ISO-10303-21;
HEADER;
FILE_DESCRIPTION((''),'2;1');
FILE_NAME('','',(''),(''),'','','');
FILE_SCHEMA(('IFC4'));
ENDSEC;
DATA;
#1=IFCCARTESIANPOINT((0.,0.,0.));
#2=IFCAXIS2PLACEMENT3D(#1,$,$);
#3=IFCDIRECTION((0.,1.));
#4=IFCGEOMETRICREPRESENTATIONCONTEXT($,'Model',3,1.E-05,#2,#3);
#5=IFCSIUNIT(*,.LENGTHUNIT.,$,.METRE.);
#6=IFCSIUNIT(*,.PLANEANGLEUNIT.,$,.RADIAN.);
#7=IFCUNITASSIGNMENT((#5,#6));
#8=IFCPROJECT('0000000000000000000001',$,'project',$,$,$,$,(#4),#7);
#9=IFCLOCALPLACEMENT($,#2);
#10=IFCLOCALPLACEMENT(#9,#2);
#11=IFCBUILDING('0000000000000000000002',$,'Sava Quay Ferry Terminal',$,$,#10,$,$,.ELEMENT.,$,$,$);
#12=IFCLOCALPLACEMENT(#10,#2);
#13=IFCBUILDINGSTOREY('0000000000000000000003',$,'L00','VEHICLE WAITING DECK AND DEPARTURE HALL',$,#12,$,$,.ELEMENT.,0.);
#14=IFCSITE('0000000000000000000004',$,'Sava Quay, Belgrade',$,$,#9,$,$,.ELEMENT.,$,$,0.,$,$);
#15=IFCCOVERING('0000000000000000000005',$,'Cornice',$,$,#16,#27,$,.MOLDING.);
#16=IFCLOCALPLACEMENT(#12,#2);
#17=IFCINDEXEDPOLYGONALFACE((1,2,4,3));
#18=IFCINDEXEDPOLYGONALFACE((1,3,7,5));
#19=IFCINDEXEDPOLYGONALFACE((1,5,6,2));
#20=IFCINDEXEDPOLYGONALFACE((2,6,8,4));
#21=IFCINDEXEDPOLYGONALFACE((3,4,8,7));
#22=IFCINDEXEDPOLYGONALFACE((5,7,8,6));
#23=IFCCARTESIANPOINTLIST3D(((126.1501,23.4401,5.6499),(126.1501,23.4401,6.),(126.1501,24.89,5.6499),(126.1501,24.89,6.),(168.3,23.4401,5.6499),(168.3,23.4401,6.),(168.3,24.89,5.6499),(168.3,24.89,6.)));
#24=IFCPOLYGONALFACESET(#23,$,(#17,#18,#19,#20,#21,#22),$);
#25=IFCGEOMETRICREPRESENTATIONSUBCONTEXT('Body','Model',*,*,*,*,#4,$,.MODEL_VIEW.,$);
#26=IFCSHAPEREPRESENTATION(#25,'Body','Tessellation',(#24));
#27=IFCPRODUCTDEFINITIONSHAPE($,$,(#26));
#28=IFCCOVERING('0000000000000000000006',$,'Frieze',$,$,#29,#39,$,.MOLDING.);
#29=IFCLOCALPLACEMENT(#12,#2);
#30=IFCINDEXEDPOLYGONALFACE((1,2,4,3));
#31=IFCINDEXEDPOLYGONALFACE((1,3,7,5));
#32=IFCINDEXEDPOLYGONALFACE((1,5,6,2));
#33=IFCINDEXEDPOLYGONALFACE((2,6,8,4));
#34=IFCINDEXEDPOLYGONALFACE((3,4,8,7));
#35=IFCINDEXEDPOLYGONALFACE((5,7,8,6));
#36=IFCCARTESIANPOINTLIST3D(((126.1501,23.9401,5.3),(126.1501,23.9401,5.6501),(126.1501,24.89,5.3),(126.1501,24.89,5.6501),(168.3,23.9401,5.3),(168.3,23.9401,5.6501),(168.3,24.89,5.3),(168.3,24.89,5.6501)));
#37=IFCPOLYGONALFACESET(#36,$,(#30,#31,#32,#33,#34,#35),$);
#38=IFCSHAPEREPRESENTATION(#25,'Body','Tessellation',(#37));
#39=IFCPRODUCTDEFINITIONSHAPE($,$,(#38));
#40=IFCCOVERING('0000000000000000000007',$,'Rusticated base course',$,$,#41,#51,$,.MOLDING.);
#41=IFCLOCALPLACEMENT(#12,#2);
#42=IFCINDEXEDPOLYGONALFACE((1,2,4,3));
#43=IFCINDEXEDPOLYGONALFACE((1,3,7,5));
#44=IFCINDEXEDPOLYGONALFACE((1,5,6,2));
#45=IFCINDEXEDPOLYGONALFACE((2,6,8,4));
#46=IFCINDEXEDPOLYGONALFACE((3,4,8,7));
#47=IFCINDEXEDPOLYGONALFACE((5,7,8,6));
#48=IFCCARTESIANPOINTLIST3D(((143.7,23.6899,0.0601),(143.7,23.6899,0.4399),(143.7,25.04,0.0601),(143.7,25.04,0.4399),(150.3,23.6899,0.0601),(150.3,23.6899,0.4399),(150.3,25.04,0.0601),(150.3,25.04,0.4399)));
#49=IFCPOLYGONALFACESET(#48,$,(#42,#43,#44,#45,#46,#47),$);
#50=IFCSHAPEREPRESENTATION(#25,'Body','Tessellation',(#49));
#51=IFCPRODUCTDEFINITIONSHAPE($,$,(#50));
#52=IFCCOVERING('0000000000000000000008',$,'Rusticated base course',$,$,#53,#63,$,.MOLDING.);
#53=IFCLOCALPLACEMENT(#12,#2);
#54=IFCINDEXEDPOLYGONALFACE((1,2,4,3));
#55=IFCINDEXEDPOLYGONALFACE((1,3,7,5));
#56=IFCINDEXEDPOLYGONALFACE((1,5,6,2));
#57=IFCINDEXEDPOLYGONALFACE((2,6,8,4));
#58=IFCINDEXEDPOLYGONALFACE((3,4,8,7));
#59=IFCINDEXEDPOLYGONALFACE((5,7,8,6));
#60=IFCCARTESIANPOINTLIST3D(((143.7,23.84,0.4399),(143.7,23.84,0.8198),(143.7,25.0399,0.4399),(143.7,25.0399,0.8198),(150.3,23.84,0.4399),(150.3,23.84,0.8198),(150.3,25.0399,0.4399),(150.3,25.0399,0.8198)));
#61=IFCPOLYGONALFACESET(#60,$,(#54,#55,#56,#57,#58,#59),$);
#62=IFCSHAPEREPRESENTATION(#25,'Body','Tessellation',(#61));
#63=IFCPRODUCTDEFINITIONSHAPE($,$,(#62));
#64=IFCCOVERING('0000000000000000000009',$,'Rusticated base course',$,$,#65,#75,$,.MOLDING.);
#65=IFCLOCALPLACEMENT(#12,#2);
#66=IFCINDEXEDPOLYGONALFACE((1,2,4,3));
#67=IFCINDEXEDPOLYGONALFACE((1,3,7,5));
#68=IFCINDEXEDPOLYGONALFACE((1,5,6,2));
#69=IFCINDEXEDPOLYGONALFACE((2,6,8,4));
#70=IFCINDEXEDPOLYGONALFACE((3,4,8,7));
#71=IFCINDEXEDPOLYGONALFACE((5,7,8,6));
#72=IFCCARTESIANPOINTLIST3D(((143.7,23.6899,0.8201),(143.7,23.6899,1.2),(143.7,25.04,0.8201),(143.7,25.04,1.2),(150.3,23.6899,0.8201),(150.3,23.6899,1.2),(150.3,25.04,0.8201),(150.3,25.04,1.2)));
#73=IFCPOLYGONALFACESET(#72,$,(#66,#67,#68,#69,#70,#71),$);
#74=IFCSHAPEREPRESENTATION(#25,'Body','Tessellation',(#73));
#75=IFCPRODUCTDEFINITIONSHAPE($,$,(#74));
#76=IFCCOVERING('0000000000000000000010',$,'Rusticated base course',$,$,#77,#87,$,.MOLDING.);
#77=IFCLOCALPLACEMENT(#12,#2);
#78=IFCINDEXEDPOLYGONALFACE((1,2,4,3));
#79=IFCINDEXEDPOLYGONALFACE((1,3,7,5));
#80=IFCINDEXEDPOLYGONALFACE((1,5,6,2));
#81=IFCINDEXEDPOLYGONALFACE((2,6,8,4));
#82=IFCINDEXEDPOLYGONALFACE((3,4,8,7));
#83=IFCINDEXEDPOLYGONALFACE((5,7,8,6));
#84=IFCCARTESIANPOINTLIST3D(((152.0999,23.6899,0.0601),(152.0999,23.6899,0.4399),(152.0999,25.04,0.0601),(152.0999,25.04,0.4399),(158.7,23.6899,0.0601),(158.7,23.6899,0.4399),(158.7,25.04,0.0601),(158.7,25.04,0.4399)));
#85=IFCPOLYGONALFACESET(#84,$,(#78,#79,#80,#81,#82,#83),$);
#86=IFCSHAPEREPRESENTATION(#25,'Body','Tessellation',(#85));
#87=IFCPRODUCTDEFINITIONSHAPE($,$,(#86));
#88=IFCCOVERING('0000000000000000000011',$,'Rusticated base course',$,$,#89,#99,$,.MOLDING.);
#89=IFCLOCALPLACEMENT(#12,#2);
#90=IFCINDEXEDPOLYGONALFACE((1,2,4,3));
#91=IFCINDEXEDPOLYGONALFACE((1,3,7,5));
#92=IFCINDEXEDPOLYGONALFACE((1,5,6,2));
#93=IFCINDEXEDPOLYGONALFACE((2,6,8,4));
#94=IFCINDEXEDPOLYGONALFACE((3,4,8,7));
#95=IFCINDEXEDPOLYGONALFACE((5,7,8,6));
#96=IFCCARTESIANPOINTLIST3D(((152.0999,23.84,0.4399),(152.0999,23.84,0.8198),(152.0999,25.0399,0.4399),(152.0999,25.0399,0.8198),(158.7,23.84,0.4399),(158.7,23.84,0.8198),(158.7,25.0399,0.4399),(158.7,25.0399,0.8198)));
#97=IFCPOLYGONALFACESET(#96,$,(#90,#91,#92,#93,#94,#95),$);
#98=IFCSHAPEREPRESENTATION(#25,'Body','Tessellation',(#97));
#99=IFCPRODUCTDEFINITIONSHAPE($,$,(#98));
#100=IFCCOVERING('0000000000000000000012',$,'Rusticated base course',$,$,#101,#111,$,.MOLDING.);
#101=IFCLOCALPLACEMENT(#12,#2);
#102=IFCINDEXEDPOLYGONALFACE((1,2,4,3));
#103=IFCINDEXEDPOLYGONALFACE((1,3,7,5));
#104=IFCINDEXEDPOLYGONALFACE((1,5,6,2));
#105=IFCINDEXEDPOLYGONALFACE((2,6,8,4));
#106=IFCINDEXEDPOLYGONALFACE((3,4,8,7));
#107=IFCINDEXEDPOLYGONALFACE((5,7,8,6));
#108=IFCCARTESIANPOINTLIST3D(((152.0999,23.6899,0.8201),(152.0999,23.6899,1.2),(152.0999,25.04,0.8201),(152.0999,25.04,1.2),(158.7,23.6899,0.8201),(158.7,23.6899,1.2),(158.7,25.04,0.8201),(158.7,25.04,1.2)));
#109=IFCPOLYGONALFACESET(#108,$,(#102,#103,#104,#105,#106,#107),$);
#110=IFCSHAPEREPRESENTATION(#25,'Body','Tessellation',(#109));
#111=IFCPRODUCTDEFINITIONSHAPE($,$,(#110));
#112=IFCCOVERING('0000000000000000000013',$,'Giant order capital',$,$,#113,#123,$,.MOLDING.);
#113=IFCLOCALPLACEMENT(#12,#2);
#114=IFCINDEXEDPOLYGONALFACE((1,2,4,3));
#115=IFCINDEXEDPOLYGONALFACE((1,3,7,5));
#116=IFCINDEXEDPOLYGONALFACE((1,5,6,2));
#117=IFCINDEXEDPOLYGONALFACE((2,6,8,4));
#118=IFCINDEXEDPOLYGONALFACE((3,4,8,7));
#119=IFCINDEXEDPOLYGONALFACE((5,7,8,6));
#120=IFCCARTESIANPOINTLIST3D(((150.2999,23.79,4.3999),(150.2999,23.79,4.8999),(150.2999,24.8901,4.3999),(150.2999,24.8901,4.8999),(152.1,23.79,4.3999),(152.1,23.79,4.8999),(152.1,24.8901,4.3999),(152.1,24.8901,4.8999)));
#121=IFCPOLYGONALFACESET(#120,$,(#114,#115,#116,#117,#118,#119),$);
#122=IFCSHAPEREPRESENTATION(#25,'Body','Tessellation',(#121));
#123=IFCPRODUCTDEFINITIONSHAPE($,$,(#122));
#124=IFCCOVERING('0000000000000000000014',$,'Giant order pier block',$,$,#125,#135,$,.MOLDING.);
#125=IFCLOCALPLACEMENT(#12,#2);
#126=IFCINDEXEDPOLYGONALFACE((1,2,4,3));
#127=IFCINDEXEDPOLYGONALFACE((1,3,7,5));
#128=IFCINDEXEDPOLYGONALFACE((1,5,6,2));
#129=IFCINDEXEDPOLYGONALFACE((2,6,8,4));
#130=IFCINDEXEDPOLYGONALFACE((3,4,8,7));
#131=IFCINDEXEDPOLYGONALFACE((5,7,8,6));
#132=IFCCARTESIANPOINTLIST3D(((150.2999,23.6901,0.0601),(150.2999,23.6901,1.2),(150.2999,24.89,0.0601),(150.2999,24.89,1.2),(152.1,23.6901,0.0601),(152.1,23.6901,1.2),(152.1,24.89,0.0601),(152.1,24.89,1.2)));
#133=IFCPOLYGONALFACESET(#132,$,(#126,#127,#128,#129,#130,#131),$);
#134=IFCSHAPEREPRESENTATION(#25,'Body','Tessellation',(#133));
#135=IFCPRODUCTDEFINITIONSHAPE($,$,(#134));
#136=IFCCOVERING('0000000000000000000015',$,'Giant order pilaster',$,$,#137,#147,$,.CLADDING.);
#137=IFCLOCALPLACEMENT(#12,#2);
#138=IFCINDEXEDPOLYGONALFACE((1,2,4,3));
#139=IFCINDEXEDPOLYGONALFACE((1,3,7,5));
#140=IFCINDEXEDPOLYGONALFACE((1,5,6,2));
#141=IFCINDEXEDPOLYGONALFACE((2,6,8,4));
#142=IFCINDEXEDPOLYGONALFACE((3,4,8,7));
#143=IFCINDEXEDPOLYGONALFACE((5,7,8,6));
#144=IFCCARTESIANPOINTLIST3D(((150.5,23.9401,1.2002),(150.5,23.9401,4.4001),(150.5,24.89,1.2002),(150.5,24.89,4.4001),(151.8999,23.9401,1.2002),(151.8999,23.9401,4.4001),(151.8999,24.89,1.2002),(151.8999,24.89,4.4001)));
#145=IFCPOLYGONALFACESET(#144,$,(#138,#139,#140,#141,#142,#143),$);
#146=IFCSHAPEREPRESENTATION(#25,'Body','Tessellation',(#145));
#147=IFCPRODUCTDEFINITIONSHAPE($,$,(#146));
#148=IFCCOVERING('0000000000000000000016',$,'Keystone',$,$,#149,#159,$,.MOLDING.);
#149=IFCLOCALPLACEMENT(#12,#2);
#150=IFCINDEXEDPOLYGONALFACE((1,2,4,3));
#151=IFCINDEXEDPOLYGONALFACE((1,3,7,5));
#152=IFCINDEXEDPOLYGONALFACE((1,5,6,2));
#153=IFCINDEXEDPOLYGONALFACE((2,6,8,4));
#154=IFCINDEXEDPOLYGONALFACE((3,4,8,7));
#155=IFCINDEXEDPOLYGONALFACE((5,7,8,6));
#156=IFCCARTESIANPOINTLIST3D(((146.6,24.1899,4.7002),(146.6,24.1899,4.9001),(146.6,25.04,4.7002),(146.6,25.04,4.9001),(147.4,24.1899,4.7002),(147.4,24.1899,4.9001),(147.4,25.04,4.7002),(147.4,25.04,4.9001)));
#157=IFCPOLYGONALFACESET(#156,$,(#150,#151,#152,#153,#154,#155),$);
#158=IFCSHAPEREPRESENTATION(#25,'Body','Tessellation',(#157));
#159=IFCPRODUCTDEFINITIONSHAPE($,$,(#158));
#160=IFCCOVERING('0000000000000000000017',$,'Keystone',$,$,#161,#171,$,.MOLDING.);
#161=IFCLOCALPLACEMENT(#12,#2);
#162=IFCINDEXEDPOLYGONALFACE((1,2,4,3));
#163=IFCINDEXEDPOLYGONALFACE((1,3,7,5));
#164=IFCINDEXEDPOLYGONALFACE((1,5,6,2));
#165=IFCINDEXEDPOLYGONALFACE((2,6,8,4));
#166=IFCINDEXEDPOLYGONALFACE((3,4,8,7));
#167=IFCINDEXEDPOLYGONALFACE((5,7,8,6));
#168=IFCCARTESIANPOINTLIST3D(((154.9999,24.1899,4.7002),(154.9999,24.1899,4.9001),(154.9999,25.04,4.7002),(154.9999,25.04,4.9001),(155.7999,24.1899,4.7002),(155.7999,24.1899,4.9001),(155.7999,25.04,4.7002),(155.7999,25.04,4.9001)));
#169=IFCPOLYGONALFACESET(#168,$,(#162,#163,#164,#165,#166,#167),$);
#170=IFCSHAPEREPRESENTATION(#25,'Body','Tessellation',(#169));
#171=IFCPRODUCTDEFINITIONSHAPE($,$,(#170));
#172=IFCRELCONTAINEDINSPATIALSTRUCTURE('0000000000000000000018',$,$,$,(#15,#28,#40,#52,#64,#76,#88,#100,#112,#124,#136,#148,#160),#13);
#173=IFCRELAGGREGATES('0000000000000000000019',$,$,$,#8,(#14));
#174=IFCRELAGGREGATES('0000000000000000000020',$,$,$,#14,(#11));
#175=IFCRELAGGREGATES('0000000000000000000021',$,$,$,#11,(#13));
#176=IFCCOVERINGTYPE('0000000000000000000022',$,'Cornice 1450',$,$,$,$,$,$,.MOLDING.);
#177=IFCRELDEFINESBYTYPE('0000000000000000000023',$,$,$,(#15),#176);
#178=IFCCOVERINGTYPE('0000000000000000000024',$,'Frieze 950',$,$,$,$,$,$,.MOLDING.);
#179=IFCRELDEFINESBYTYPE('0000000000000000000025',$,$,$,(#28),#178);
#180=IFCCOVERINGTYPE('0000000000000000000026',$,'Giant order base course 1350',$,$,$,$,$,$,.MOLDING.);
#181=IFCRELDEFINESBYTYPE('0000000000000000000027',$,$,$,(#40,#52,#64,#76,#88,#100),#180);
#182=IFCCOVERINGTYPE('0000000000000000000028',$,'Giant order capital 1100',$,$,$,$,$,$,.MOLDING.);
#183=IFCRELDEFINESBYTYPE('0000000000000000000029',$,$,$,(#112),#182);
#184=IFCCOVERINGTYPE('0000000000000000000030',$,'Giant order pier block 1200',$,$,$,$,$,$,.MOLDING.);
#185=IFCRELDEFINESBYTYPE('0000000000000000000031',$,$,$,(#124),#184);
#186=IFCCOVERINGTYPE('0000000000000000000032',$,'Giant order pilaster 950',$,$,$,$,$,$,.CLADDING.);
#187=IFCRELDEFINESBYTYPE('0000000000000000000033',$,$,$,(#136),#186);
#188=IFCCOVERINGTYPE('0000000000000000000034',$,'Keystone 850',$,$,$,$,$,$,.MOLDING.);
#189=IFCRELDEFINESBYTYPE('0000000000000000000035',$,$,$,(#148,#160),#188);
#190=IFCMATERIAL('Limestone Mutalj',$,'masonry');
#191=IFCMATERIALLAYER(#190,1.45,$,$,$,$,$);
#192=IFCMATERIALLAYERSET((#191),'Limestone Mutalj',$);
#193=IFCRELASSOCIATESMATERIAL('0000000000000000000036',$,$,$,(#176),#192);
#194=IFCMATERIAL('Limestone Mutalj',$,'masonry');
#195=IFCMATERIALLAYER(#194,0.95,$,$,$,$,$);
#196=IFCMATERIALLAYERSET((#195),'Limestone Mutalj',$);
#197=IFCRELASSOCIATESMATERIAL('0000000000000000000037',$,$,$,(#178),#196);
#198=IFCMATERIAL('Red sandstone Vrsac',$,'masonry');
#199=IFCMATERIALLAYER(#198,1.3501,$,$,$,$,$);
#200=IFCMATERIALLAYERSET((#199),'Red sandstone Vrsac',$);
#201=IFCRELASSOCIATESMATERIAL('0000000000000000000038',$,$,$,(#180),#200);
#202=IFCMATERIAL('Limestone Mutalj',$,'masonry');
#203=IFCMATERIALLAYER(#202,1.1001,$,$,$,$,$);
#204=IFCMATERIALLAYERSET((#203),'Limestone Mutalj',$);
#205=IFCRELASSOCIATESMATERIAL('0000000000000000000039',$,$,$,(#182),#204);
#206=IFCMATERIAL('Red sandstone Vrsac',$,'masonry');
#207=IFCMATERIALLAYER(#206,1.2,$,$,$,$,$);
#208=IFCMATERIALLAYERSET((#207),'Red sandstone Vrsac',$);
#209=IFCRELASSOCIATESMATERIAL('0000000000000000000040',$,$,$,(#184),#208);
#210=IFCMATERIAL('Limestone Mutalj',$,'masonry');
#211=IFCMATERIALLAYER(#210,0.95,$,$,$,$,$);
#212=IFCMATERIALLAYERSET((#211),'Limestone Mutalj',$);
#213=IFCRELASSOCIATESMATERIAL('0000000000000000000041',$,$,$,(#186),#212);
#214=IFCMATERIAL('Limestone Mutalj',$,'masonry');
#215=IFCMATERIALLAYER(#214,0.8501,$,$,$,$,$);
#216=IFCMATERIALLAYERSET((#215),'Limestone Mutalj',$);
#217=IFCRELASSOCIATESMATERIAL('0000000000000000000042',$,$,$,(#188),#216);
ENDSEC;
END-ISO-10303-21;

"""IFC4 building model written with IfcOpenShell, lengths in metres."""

from ifc_helpers import new_model, si_unit, direction, frame, origin, origin_2d, place, context, subcontext, project, spatial, rectangle, extrude, material, layer, layer_set, type_object, element, save


model = new_model("IFC4")

# Units and contexts
model_context = context("Model", 3, precision=1e-05, world=origin(), true_north=direction((0.0, 1.0)))
body_context = subcontext(model_context, "Body", "Model", "MODEL_VIEW")
ifc_project = project(units=[si_unit("LENGTHUNIT", "METRE"), si_unit("PLANEANGLEUNIT", "RADIAN")], contexts=[model_context])

# Site, building, storey
site_placement = place(None, origin())
site = spatial("IfcSite", under=ifc_project, at=site_placement, Name="Sava Quay, Belgrade", CompositionType="ELEMENT", RefElevation=0.0)
building_placement = place(site_placement, origin())
building = spatial("IfcBuilding", under=site, at=building_placement, Name="Sava Quay Ferry Terminal", CompositionType="ELEMENT")
storey_placement = place(building_placement, origin())
storey = spatial("IfcBuildingStorey", under=building, at=storey_placement, Name="L00", Description="VEHICLE WAITING DECK AND DEPARTURE HALL", CompositionType="ELEMENT", Elevation=0.0)

# Coverings
ifc_material_1 = material(Name="Limestone Mutalj", Category="masonry")
ifc_layer_1 = layer(ifc_material_1, 1.45)
ifc_layer_set_1 = layer_set([ifc_layer_1], Name="Limestone Mutalj")
covering_type_1 = type_object("IfcCoveringType", Name="Cornice 1450", PredefinedType="MOLDING", material=ifc_layer_set_1)
covering_1_placement = place(storey_placement, frame((147.2251, 24.165, 5.6499), z_axis=(0.0, 0.0, 1.0), x_axis=(1.0, 0.0, 0.0)))
element("IfcCovering", 1, at=covering_1_placement, inside=storey, type_object=covering_type_1, Name="Cornice", PredefinedType="MOLDING", context=body_context, shape_type="SweptSolid", body=[
    extrude(rectangle(XDim=42.1499, YDim=1.45, at=origin_2d()), origin(), (0.0, 0.0, 1.0), 0.3501),
])
ifc_material_2 = material(Name="Limestone Mutalj", Category="masonry")
ifc_layer_2 = layer(ifc_material_2, 0.95)
ifc_layer_set_2 = layer_set([ifc_layer_2], Name="Limestone Mutalj")
covering_type_2 = type_object("IfcCoveringType", Name="Frieze 950", PredefinedType="MOLDING", material=ifc_layer_set_2)
covering_2_placement = place(storey_placement, frame((147.2251, 24.415, 5.3), z_axis=(0.0, 0.0, 1.0), x_axis=(1.0, 0.0, 0.0)))
element("IfcCovering", 2, at=covering_2_placement, inside=storey, type_object=covering_type_2, Name="Frieze", PredefinedType="MOLDING", context=body_context, shape_type="SweptSolid", body=[
    extrude(rectangle(XDim=42.1499, YDim=0.95, at=origin_2d()), origin(), (0.0, 0.0, 1.0), 0.3501),
])
ifc_material_3 = material(Name="Red sandstone Vrsac", Category="masonry")
ifc_layer_3 = layer(ifc_material_3, 1.3501)
ifc_layer_set_3 = layer_set([ifc_layer_3], Name="Red sandstone Vrsac")
covering_type_3 = type_object("IfcCoveringType", Name="Giant order base course 1350", PredefinedType="MOLDING", material=ifc_layer_set_3)
covering_3_placement = place(storey_placement, frame((147.0, 24.365, 0.0601), z_axis=(0.0, 0.0, 1.0), x_axis=(1.0, 0.0, 0.0)))
element("IfcCovering", 3, at=covering_3_placement, inside=storey, type_object=covering_type_3, Name="Rusticated base course", PredefinedType="MOLDING", context=body_context, shape_type="SweptSolid", body=[
    extrude(rectangle(XDim=6.6001, YDim=1.3501, at=origin_2d()), origin(), (0.0, 0.0, 1.0), 0.3799),
])
covering_4_placement = place(storey_placement, frame((147.0, 24.4399, 0.4399), z_axis=(0.0, 0.0, 1.0), x_axis=(1.0, 0.0, 0.0)))
element("IfcCovering", 4, at=covering_4_placement, inside=storey, type_object=covering_type_3, Name="Rusticated base course", PredefinedType="MOLDING", context=body_context, shape_type="SweptSolid", body=[
    extrude(rectangle(XDim=6.6001, YDim=1.2, at=origin_2d()), origin(), (0.0, 0.0, 1.0), 0.3799),
])
for number, where, z_axis, x_axis, name in (
    (5, (147.0, 24.365, 0.8201), (0.0, 0.0, 1.0), (1.0, 0.0, 0.0), "Rusticated base course"),
    (6, (155.3999, 24.365, 0.0601), (0.0, 0.0, 1.0), (1.0, 0.0, 0.0), "Rusticated base course"),
):
    element("IfcCovering", number, at=place(storey_placement, frame(where, z_axis=z_axis, x_axis=x_axis)), inside=storey, type_object=covering_type_3, Name=name, PredefinedType="MOLDING", context=body_context, shape_type="SweptSolid", body=[
        extrude(rectangle(XDim=6.6001, YDim=1.3501, at=origin_2d()), origin(), (0.0, 0.0, 1.0), 0.3799),
    ])
covering_5_placement = place(storey_placement, frame((155.3999, 24.4399, 0.4399), z_axis=(0.0, 0.0, 1.0), x_axis=(1.0, 0.0, 0.0)))
element("IfcCovering", 7, at=covering_5_placement, inside=storey, type_object=covering_type_3, Name="Rusticated base course", PredefinedType="MOLDING", context=body_context, shape_type="SweptSolid", body=[
    extrude(rectangle(XDim=6.6001, YDim=1.2, at=origin_2d()), origin(), (0.0, 0.0, 1.0), 0.3799),
])
covering_6_placement = place(storey_placement, frame((155.3999, 24.365, 0.8201), z_axis=(0.0, 0.0, 1.0), x_axis=(1.0, 0.0, 0.0)))
element("IfcCovering", 8, at=covering_6_placement, inside=storey, type_object=covering_type_3, Name="Rusticated base course", PredefinedType="MOLDING", context=body_context, shape_type="SweptSolid", body=[
    extrude(rectangle(XDim=6.6001, YDim=1.3501, at=origin_2d()), origin(), (0.0, 0.0, 1.0), 0.3799),
])
ifc_material_4 = material(Name="Limestone Mutalj", Category="masonry")
ifc_layer_4 = layer(ifc_material_4, 1.1001)
ifc_layer_set_4 = layer_set([ifc_layer_4], Name="Limestone Mutalj")
covering_type_4 = type_object("IfcCoveringType", Name="Giant order capital 1100", PredefinedType="MOLDING", material=ifc_layer_set_4)
covering_7_placement = place(storey_placement, frame((151.2, 24.3401, 4.3999), z_axis=(0.0, 0.0, 1.0), x_axis=(1.0, 0.0, 0.0)))
element("IfcCovering", 9, at=covering_7_placement, inside=storey, type_object=covering_type_4, Name="Giant order capital", PredefinedType="MOLDING", context=body_context, shape_type="SweptSolid", body=[
    extrude(rectangle(XDim=1.8, YDim=1.1001, at=origin_2d()), origin(), (0.0, 0.0, 1.0), 0.5),
])
ifc_material_5 = material(Name="Red sandstone Vrsac", Category="masonry")
ifc_layer_5 = layer(ifc_material_5, 1.2)
ifc_layer_set_5 = layer_set([ifc_layer_5], Name="Red sandstone Vrsac")
covering_type_5 = type_object("IfcCoveringType", Name="Giant order pier block 1200", PredefinedType="MOLDING", material=ifc_layer_set_5)
covering_8_placement = place(storey_placement, frame((151.2, 24.29, 0.0601), z_axis=(0.0, 0.0, 1.0), x_axis=(1.0, 0.0, 0.0)))
element("IfcCovering", 10, at=covering_8_placement, inside=storey, type_object=covering_type_5, Name="Giant order pier block", PredefinedType="MOLDING", context=body_context, shape_type="SweptSolid", body=[
    extrude(rectangle(XDim=1.8, YDim=1.2, at=origin_2d()), origin(), (0.0, 0.0, 1.0), 1.1399),
])
ifc_material_6 = material(Name="Limestone Mutalj", Category="masonry")
ifc_layer_6 = layer(ifc_material_6, 0.95)
ifc_layer_set_6 = layer_set([ifc_layer_6], Name="Limestone Mutalj")
covering_type_6 = type_object("IfcCoveringType", Name="Giant order pilaster 950", PredefinedType="CLADDING", material=ifc_layer_set_6)
covering_9_placement = place(storey_placement, frame((151.2, 24.415, 1.2002), z_axis=(0.0, 0.0, 1.0), x_axis=(1.0, 0.0, 0.0)))
element("IfcCovering", 11, at=covering_9_placement, inside=storey, type_object=covering_type_6, Name="Giant order pilaster", PredefinedType="CLADDING", context=body_context, shape_type="SweptSolid", body=[
    extrude(rectangle(XDim=1.3999, YDim=0.95, at=origin_2d()), origin(), (0.0, 0.0, 1.0), 3.2),
])
ifc_material_7 = material(Name="Limestone Mutalj", Category="masonry")
ifc_layer_7 = layer(ifc_material_7, 0.8501)
ifc_layer_set_7 = layer_set([ifc_layer_7], Name="Limestone Mutalj")
covering_type_7 = type_object("IfcCoveringType", Name="Keystone 850", PredefinedType="MOLDING", material=ifc_layer_set_7)
for number, where, z_axis, x_axis, name in (
    (12, (147.0, 24.615, 4.7002), (0.0, 0.0, 1.0), (1.0, 0.0, 0.0), "Keystone"),
    (13, (155.3999, 24.615, 4.7002), (0.0, 0.0, 1.0), (1.0, 0.0, 0.0), "Keystone"),
):
    element("IfcCovering", number, at=place(storey_placement, frame(where, z_axis=z_axis, x_axis=x_axis)), inside=storey, type_object=covering_type_7, Name=name, PredefinedType="MOLDING", context=body_context, shape_type="SweptSolid", body=[
        extrude(rectangle(XDim=0.8, YDim=0.8501, at=origin_2d()), origin(), (0.0, 0.0, 1.0), 0.2),
    ])

save(model, "model.ifc")
